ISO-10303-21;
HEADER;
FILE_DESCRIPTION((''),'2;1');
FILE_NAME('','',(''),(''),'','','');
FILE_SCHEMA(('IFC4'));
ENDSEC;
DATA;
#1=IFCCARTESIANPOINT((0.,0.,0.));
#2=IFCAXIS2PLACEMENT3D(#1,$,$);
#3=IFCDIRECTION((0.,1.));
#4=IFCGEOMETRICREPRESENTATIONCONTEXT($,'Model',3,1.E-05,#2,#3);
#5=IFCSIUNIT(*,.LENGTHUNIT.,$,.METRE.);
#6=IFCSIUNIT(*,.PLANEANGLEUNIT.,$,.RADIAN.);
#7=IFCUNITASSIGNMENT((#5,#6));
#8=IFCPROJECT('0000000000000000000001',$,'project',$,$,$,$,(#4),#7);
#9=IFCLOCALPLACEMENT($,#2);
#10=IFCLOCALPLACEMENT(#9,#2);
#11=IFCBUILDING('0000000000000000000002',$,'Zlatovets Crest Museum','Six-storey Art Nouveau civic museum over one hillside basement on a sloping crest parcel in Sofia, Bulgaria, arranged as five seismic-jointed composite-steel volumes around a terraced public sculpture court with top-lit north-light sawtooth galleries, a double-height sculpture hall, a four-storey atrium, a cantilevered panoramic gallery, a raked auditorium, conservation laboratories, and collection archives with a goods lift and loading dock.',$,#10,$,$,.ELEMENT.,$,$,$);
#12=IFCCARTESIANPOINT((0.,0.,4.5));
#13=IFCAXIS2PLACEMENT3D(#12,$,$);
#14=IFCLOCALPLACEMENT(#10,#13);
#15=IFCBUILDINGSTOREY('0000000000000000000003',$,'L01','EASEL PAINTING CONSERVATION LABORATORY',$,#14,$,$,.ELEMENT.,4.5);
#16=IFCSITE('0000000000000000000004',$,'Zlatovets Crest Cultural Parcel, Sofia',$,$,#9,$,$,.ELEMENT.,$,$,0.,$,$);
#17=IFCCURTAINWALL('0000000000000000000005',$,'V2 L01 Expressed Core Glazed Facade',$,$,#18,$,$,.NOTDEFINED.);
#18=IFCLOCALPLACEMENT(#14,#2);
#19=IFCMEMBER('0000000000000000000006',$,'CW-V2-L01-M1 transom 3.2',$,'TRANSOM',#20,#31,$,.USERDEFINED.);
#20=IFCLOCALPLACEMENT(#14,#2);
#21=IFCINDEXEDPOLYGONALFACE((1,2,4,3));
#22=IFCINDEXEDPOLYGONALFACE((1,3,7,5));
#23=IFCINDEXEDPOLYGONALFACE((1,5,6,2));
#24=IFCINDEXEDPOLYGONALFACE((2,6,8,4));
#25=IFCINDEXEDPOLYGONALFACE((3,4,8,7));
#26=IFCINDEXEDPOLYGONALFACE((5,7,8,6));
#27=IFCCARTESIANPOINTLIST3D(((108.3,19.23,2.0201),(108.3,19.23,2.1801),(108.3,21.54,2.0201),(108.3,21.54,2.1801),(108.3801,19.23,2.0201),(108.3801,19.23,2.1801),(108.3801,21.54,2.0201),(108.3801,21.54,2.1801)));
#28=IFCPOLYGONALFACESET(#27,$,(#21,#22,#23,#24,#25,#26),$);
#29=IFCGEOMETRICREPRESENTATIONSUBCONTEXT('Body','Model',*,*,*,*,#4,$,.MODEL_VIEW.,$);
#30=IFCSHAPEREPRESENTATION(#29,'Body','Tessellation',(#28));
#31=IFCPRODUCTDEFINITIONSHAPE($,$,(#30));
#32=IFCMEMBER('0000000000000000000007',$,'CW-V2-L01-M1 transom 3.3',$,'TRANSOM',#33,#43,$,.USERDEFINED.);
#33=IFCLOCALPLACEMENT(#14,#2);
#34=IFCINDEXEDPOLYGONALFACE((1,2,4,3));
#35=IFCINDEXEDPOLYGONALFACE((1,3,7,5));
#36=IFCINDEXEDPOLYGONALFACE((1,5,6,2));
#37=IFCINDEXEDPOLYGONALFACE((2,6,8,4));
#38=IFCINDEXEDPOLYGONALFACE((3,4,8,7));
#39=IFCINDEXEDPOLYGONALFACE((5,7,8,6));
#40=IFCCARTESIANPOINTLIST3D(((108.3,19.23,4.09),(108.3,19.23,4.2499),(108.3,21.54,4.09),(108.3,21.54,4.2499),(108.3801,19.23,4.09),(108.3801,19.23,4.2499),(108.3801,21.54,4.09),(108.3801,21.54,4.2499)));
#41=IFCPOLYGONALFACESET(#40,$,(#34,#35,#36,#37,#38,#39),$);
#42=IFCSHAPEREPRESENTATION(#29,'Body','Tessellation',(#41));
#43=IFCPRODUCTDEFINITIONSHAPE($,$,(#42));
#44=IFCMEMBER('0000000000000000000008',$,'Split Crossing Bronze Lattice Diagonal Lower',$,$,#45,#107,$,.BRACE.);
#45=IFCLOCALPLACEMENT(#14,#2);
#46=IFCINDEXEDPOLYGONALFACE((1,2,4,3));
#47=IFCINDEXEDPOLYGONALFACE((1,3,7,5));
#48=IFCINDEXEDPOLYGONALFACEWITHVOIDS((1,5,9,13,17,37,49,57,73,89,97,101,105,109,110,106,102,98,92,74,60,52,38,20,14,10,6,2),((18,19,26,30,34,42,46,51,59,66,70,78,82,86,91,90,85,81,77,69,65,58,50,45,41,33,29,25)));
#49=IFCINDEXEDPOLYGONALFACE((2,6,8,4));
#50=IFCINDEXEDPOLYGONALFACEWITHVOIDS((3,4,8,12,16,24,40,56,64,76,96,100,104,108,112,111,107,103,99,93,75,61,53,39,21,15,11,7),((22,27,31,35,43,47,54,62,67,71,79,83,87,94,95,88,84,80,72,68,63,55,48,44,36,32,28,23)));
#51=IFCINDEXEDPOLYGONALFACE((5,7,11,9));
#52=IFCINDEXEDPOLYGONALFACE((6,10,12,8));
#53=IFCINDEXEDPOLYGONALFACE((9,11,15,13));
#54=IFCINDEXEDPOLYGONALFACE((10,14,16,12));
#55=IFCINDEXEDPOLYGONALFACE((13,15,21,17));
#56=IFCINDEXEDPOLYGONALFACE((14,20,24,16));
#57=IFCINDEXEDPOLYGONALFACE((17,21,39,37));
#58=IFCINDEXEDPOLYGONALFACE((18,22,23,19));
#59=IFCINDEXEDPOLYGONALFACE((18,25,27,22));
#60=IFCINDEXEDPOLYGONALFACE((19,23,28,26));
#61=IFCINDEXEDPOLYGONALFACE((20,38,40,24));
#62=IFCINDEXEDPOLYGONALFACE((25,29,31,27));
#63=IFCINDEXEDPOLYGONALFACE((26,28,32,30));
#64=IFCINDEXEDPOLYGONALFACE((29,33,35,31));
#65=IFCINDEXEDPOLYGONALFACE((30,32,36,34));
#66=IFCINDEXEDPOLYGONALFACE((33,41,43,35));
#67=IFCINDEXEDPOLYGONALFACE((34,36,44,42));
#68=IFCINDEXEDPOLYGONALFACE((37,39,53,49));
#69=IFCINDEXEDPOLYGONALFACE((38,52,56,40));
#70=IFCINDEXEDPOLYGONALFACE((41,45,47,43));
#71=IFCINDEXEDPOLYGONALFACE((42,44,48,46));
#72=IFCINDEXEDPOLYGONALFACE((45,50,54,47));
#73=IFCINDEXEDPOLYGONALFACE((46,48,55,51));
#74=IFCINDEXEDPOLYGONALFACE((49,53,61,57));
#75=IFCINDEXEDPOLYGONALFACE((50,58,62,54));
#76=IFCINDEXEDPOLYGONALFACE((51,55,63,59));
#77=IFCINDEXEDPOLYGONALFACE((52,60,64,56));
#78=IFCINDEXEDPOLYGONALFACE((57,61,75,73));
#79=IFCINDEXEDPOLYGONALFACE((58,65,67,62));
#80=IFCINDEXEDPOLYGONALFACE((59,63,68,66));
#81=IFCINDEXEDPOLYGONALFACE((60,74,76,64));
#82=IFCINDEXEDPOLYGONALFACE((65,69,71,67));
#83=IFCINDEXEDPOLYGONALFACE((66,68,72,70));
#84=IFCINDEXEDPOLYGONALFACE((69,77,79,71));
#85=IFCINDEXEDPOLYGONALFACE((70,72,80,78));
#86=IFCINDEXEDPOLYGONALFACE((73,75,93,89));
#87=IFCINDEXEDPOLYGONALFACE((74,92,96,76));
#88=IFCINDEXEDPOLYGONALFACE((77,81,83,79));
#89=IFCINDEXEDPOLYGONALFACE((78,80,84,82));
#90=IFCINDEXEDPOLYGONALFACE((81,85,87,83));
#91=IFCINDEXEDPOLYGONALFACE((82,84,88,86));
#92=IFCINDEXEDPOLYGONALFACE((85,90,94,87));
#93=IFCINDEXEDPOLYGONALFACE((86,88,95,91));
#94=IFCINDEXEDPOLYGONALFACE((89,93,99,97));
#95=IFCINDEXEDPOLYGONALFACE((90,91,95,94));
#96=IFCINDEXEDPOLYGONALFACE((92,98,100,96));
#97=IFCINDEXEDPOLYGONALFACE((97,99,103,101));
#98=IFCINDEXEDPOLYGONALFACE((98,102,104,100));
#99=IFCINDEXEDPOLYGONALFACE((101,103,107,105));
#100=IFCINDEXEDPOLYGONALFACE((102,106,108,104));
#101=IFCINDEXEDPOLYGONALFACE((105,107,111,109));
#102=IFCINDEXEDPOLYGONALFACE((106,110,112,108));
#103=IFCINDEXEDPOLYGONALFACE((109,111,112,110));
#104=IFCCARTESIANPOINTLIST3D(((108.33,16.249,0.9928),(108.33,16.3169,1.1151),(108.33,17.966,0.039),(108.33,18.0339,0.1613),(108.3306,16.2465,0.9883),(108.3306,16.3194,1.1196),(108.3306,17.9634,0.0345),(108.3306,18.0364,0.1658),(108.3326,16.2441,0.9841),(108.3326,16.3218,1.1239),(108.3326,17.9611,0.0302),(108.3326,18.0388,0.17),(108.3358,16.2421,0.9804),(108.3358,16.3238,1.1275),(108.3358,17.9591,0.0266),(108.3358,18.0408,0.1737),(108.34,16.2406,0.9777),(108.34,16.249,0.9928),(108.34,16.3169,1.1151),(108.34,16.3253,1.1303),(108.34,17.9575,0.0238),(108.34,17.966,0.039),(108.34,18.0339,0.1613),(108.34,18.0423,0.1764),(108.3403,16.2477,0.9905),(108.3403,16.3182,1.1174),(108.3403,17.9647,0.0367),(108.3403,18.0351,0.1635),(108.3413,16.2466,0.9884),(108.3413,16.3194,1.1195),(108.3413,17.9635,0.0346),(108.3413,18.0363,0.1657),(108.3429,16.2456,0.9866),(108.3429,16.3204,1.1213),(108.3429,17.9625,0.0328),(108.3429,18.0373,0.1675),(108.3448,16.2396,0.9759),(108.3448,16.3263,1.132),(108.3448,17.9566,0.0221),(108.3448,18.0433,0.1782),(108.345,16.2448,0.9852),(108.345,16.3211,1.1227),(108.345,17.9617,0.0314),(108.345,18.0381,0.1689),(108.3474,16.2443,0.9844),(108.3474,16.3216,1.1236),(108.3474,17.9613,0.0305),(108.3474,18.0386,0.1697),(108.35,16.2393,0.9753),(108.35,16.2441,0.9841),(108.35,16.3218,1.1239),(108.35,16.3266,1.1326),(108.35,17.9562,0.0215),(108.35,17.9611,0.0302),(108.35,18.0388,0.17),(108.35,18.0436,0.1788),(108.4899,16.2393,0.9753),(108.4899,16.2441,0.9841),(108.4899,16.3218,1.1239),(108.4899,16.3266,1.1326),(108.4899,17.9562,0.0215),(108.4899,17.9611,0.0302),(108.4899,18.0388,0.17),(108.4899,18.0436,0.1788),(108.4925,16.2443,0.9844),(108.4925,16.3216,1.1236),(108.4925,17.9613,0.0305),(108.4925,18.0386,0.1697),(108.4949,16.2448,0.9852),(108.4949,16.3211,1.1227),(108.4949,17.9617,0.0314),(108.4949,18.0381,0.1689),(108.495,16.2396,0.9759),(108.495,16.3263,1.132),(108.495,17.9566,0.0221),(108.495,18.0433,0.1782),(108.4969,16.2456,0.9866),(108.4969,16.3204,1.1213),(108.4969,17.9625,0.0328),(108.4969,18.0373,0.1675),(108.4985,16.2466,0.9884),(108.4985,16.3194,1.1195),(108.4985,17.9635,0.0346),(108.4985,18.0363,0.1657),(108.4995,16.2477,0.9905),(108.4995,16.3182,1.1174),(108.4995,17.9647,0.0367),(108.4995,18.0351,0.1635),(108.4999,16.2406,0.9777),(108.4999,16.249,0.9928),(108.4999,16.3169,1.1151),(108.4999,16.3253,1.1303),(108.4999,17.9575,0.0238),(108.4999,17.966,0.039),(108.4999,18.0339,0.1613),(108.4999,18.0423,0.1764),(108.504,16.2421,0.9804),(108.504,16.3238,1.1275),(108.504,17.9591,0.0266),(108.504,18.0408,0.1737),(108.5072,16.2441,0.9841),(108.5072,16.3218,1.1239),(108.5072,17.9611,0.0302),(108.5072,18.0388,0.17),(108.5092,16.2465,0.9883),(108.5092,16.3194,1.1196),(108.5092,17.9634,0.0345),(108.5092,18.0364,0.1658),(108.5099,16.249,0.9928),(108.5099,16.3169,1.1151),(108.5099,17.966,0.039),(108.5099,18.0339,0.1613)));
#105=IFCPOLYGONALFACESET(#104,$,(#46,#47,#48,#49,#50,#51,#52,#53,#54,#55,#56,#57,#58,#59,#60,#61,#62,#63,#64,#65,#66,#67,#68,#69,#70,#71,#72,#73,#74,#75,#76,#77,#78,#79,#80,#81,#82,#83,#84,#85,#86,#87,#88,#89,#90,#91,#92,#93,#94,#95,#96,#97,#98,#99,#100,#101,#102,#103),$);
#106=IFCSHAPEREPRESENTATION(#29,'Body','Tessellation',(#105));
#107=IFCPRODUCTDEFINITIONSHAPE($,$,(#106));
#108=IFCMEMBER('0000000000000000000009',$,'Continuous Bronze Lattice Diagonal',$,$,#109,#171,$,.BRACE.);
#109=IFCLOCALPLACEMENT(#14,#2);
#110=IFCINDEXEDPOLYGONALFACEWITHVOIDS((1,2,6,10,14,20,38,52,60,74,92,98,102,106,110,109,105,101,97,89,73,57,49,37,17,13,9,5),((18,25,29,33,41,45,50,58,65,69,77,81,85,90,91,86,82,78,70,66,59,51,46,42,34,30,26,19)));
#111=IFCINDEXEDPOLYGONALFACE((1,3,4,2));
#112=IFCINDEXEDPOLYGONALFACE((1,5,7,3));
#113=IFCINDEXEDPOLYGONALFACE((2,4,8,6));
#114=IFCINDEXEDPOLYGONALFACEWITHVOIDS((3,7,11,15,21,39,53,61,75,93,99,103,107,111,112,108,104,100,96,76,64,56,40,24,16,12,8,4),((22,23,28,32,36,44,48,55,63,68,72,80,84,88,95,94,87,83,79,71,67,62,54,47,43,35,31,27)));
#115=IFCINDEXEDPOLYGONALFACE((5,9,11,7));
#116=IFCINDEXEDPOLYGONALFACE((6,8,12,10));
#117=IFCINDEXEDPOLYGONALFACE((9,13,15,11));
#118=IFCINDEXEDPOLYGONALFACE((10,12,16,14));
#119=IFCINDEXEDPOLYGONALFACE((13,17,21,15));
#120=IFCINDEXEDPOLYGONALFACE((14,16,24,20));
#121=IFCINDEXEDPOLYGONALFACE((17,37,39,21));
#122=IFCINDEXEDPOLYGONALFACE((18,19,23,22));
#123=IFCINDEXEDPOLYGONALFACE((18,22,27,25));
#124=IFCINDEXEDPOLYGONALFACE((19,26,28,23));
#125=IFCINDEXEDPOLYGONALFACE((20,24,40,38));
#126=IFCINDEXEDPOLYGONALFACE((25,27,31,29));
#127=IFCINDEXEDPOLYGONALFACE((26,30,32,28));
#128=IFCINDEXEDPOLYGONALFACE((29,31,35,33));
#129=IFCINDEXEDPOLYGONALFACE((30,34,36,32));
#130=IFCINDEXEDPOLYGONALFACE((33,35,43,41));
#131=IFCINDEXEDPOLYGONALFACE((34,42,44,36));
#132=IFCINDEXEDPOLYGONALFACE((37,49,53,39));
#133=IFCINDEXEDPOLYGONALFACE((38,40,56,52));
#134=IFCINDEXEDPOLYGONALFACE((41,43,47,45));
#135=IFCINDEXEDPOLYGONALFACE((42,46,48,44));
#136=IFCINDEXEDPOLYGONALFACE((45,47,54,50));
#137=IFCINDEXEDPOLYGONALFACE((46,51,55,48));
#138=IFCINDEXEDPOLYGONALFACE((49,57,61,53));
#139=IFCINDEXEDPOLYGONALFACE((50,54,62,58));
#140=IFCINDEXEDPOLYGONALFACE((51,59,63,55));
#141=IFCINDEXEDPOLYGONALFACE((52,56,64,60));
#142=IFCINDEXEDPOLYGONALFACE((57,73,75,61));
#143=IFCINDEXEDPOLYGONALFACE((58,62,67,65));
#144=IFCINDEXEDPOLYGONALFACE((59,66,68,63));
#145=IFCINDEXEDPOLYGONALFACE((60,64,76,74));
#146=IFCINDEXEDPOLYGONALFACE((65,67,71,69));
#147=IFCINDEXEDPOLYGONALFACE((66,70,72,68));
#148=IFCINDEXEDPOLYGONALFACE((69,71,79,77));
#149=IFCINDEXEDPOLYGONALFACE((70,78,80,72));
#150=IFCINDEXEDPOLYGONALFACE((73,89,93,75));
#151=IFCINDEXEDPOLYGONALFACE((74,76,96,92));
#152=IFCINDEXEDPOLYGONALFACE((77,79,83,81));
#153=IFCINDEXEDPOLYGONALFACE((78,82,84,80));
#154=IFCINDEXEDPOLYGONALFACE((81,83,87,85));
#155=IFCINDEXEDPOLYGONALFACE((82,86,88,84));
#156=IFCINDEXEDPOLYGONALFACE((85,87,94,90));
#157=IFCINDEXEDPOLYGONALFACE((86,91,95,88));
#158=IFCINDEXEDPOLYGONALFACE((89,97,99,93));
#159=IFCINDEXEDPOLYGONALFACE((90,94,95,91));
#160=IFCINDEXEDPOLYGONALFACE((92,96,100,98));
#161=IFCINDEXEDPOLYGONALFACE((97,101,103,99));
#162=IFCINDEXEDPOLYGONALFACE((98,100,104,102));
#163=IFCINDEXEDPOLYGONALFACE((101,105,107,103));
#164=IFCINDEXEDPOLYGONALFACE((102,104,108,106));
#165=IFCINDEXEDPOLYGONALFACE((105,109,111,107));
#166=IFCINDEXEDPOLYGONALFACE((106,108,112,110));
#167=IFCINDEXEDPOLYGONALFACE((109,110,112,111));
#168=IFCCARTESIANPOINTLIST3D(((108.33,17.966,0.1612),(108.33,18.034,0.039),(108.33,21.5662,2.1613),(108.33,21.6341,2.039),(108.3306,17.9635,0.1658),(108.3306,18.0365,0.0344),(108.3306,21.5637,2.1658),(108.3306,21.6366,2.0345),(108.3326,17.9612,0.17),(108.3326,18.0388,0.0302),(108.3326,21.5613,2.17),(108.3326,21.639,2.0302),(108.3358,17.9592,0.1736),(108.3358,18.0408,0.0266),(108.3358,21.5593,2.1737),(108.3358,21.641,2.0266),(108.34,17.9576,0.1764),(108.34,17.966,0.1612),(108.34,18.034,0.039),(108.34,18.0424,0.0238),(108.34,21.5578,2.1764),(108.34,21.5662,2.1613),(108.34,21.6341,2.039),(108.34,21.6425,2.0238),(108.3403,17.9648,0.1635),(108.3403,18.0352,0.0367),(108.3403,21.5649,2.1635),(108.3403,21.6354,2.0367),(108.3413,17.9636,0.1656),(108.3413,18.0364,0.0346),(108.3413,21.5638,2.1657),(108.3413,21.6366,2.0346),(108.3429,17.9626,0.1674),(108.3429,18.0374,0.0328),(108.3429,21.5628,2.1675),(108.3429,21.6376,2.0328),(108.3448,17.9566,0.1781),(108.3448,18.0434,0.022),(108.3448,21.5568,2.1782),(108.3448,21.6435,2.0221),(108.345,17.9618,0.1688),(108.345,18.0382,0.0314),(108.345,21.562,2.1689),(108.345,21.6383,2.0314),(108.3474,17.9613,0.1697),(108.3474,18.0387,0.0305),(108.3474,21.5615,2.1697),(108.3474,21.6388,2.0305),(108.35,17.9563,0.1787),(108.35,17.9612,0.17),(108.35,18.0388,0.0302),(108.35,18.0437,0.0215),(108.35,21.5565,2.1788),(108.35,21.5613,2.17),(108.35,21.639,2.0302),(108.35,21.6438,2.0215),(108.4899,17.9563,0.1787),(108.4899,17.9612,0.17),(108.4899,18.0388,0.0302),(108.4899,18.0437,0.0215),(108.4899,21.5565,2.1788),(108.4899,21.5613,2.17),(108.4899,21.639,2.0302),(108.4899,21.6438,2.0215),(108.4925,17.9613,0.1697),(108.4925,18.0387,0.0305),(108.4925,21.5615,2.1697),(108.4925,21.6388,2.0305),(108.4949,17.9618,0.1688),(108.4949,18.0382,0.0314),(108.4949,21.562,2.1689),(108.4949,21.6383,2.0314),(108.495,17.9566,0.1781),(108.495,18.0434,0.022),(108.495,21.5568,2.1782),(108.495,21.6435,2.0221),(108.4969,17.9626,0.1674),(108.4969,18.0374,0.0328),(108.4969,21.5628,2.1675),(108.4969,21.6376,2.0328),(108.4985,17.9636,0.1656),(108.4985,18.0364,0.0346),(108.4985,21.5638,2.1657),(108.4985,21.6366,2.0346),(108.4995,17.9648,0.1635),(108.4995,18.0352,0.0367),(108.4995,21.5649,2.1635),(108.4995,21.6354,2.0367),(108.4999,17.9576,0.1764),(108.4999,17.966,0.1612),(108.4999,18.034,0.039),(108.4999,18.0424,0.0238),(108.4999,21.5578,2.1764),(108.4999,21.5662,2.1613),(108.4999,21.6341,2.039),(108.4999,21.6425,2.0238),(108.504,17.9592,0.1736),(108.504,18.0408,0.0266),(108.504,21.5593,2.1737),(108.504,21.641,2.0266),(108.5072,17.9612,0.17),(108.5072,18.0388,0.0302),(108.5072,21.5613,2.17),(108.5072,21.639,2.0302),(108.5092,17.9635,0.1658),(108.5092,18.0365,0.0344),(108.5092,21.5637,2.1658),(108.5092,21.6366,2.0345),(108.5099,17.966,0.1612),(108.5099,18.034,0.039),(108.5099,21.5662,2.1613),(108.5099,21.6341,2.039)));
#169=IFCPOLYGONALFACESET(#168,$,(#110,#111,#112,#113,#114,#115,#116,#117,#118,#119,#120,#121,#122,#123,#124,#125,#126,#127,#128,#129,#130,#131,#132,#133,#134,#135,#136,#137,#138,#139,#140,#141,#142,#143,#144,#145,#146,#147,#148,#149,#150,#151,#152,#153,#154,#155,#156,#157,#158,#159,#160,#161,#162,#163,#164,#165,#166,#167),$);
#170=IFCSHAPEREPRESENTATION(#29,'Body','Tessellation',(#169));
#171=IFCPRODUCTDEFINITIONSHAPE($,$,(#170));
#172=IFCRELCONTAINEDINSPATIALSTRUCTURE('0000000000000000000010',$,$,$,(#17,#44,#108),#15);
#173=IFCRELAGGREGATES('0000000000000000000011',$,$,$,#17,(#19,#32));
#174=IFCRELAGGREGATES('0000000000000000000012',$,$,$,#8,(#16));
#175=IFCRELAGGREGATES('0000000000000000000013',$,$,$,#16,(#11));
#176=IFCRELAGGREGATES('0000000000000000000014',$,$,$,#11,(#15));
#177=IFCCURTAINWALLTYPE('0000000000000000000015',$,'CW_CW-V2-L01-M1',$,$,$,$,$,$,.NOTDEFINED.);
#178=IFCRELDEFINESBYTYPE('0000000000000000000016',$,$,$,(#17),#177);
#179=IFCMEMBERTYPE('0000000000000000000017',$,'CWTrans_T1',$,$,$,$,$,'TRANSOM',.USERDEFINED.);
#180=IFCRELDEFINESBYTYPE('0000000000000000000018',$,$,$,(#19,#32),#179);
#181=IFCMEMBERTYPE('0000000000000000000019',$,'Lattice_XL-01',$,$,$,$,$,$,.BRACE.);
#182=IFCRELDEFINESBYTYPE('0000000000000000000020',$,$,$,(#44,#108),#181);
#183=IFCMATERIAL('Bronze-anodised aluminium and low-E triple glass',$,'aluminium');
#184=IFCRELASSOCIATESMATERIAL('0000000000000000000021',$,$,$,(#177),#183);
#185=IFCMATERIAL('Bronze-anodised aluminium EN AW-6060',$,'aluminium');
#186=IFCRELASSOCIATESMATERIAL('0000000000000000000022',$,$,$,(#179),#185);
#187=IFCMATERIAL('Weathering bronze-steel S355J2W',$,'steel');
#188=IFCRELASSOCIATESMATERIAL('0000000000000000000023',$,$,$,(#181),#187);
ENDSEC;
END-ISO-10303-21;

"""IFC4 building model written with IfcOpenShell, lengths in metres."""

from ifc_helpers import new_model, si_unit, direction, frame, origin, origin_2d, place, context, subcontext, project, spatial, rectangle, hollow_rectangle, extrude, material, material_profile, profile_set, type_object, element, aggregate, save


model = new_model("IFC4")

# Units and contexts
model_context = context("Model", 3, precision=1e-05, world=origin(), true_north=direction((0.0, 1.0)))
body_context = subcontext(model_context, "Body", "Model", "MODEL_VIEW")
ifc_project = project(units=[si_unit("LENGTHUNIT", "METRE"), si_unit("PLANEANGLEUNIT", "RADIAN")], contexts=[model_context])

# Site, building, storey
site_placement = place(None, origin())
site = spatial("IfcSite", under=ifc_project, at=site_placement, Name="Zlatovets Crest Cultural Parcel, Sofia", CompositionType="ELEMENT", RefElevation=0.0)
building_placement = place(site_placement, origin())
building = spatial("IfcBuilding", under=site, at=building_placement, Name="Zlatovets Crest Museum", Description="Six-storey Art Nouveau civic museum over one hillside basement on a sloping crest parcel in Sofia, Bulgaria, arranged as five seismic-jointed composite-steel volumes around a terraced public sculpture court with top-lit north-light sawtooth galleries, a double-height sculpture hall, a four-storey atrium, a cantilevered panoramic gallery, a raked auditorium, conservation laboratories, and collection archives with a goods lift and loading dock.", CompositionType="ELEMENT")
storey_placement = place(building_placement, frame((0.0, 0.0, 4.5)))
storey = spatial("IfcBuildingStorey", under=building, at=storey_placement, Name="L01", Description="EASEL PAINTING CONSERVATION LABORATORY", CompositionType="ELEMENT", Elevation=4.5)

# Curtain wall, members
ifc_material_1 = material(Name="Bronze-anodised aluminium and low-E triple glass", Category="aluminium")
curtain_wall_type = type_object("IfcCurtainWallType", Name="CW_CW-V2-L01-M1", PredefinedType="NOTDEFINED", material=ifc_material_1)
curtain_wall_placement = place(storey_placement, origin())
curtain_wall = element("IfcCurtainWall", 1, at=curtain_wall_placement, inside=storey, type_object=curtain_wall_type, Name="V2 L01 Expressed Core Glazed Facade", PredefinedType="NOTDEFINED")
ifc_material_2 = material(Name="Bronze-anodised aluminium EN AW-6060", Category="aluminium")
ifc_material_profile_1 = material_profile(ifc_material_2, rectangle(XDim=0.0801, YDim=0.1599, at=origin_2d()), Name="ALU 80x160")
ifc_profile_set_1 = profile_set([ifc_material_profile_1], Name="Bronze-anodised aluminium EN AW-6060")
member_type_1 = type_object("IfcMemberType", Name="CWTrans_T1", ElementType="TRANSOM", PredefinedType="USERDEFINED", material=ifc_profile_set_1)
member_1_placement = place(storey_placement, frame((108.3401, 19.23, 2.1001), z_axis=(0.0, 1.0, 0.0), x_axis=(-1.0, 0.0, 0.0)))
member_1 = element("IfcMember", 2, at=member_1_placement, type_object=member_type_1, Name="CW-V2-L01-M1 transom 3.2", ObjectType="TRANSOM", PredefinedType="USERDEFINED", context=body_context, shape_type="SweptSolid", body=[
    extrude(rectangle(XDim=0.0801, YDim=0.1599, at=origin_2d()), origin(), (0.0, 0.0, 1.0), 2.3101),
])
member_2_placement = place(storey_placement, frame((108.3401, 19.23, 4.1699), z_axis=(0.0, 1.0, 0.0), x_axis=(-1.0, 0.0, 0.0)))
member_2 = element("IfcMember", 3, at=member_2_placement, type_object=member_type_1, Name="CW-V2-L01-M1 transom 3.3", ObjectType="TRANSOM", PredefinedType="USERDEFINED", context=body_context, shape_type="SweptSolid", body=[
    extrude(rectangle(XDim=0.0801, YDim=0.1599, at=origin_2d()), origin(), (0.0, 0.0, 1.0), 2.3101),
])

# Members
ifc_material_3 = material(Name="Weathering bronze-steel S355J2W", Category="steel")
ifc_material_profile_2 = material_profile(ifc_material_3, hollow_rectangle(XDim=0.1799, YDim=0.1799, WallThickness=0.01, InnerFilletRadius=0.01, OuterFilletRadius=0.02, at=origin_2d()), Name="SHS 180x180x10.0")
ifc_profile_set_2 = profile_set([ifc_material_profile_2], Name="Weathering bronze-steel S355J2W")
member_type_2 = type_object("IfcMemberType", Name="Lattice_XL-01", PredefinedType="BRACE", material=ifc_profile_set_2)
member_3_placement = place(storey_placement, frame((108.4199, 16.283, 1.054), z_axis=(0.0, 0.874169, -0.485622), x_axis=(-1.0, 0.0, 0.0)))
element("IfcMember", 4, at=member_3_placement, inside=storey, type_object=member_type_2, Name="Split Crossing Bronze Lattice Diagonal Lower", PredefinedType="BRACE", context=body_context, shape_type="SweptSolid", body=[
    extrude(hollow_rectangle(XDim=0.1799, YDim=0.1799, WallThickness=0.01, InnerFilletRadius=0.01, OuterFilletRadius=0.02, at=origin_2d()), origin(), (0.0, 0.0, 1.0), 1.9641),
])
member_4_placement = place(storey_placement, frame((108.4199, 18.0, 0.1001), z_axis=(0.0, 0.874163, 0.485633), x_axis=(-1.0, 0.0, 0.0)))
element("IfcMember", 5, at=member_4_placement, inside=storey, type_object=member_type_2, Name="Continuous Bronze Lattice Diagonal", PredefinedType="BRACE", context=body_context, shape_type="SweptSolid", body=[
    extrude(hollow_rectangle(XDim=0.1799, YDim=0.1799, WallThickness=0.01, InnerFilletRadius=0.01, OuterFilletRadius=0.02, at=origin_2d()), origin(), (0.0, 0.0, 1.0), 4.1184),
])

aggregate(curtain_wall, [member_1, member_2])

save(model, "model.ifc")
